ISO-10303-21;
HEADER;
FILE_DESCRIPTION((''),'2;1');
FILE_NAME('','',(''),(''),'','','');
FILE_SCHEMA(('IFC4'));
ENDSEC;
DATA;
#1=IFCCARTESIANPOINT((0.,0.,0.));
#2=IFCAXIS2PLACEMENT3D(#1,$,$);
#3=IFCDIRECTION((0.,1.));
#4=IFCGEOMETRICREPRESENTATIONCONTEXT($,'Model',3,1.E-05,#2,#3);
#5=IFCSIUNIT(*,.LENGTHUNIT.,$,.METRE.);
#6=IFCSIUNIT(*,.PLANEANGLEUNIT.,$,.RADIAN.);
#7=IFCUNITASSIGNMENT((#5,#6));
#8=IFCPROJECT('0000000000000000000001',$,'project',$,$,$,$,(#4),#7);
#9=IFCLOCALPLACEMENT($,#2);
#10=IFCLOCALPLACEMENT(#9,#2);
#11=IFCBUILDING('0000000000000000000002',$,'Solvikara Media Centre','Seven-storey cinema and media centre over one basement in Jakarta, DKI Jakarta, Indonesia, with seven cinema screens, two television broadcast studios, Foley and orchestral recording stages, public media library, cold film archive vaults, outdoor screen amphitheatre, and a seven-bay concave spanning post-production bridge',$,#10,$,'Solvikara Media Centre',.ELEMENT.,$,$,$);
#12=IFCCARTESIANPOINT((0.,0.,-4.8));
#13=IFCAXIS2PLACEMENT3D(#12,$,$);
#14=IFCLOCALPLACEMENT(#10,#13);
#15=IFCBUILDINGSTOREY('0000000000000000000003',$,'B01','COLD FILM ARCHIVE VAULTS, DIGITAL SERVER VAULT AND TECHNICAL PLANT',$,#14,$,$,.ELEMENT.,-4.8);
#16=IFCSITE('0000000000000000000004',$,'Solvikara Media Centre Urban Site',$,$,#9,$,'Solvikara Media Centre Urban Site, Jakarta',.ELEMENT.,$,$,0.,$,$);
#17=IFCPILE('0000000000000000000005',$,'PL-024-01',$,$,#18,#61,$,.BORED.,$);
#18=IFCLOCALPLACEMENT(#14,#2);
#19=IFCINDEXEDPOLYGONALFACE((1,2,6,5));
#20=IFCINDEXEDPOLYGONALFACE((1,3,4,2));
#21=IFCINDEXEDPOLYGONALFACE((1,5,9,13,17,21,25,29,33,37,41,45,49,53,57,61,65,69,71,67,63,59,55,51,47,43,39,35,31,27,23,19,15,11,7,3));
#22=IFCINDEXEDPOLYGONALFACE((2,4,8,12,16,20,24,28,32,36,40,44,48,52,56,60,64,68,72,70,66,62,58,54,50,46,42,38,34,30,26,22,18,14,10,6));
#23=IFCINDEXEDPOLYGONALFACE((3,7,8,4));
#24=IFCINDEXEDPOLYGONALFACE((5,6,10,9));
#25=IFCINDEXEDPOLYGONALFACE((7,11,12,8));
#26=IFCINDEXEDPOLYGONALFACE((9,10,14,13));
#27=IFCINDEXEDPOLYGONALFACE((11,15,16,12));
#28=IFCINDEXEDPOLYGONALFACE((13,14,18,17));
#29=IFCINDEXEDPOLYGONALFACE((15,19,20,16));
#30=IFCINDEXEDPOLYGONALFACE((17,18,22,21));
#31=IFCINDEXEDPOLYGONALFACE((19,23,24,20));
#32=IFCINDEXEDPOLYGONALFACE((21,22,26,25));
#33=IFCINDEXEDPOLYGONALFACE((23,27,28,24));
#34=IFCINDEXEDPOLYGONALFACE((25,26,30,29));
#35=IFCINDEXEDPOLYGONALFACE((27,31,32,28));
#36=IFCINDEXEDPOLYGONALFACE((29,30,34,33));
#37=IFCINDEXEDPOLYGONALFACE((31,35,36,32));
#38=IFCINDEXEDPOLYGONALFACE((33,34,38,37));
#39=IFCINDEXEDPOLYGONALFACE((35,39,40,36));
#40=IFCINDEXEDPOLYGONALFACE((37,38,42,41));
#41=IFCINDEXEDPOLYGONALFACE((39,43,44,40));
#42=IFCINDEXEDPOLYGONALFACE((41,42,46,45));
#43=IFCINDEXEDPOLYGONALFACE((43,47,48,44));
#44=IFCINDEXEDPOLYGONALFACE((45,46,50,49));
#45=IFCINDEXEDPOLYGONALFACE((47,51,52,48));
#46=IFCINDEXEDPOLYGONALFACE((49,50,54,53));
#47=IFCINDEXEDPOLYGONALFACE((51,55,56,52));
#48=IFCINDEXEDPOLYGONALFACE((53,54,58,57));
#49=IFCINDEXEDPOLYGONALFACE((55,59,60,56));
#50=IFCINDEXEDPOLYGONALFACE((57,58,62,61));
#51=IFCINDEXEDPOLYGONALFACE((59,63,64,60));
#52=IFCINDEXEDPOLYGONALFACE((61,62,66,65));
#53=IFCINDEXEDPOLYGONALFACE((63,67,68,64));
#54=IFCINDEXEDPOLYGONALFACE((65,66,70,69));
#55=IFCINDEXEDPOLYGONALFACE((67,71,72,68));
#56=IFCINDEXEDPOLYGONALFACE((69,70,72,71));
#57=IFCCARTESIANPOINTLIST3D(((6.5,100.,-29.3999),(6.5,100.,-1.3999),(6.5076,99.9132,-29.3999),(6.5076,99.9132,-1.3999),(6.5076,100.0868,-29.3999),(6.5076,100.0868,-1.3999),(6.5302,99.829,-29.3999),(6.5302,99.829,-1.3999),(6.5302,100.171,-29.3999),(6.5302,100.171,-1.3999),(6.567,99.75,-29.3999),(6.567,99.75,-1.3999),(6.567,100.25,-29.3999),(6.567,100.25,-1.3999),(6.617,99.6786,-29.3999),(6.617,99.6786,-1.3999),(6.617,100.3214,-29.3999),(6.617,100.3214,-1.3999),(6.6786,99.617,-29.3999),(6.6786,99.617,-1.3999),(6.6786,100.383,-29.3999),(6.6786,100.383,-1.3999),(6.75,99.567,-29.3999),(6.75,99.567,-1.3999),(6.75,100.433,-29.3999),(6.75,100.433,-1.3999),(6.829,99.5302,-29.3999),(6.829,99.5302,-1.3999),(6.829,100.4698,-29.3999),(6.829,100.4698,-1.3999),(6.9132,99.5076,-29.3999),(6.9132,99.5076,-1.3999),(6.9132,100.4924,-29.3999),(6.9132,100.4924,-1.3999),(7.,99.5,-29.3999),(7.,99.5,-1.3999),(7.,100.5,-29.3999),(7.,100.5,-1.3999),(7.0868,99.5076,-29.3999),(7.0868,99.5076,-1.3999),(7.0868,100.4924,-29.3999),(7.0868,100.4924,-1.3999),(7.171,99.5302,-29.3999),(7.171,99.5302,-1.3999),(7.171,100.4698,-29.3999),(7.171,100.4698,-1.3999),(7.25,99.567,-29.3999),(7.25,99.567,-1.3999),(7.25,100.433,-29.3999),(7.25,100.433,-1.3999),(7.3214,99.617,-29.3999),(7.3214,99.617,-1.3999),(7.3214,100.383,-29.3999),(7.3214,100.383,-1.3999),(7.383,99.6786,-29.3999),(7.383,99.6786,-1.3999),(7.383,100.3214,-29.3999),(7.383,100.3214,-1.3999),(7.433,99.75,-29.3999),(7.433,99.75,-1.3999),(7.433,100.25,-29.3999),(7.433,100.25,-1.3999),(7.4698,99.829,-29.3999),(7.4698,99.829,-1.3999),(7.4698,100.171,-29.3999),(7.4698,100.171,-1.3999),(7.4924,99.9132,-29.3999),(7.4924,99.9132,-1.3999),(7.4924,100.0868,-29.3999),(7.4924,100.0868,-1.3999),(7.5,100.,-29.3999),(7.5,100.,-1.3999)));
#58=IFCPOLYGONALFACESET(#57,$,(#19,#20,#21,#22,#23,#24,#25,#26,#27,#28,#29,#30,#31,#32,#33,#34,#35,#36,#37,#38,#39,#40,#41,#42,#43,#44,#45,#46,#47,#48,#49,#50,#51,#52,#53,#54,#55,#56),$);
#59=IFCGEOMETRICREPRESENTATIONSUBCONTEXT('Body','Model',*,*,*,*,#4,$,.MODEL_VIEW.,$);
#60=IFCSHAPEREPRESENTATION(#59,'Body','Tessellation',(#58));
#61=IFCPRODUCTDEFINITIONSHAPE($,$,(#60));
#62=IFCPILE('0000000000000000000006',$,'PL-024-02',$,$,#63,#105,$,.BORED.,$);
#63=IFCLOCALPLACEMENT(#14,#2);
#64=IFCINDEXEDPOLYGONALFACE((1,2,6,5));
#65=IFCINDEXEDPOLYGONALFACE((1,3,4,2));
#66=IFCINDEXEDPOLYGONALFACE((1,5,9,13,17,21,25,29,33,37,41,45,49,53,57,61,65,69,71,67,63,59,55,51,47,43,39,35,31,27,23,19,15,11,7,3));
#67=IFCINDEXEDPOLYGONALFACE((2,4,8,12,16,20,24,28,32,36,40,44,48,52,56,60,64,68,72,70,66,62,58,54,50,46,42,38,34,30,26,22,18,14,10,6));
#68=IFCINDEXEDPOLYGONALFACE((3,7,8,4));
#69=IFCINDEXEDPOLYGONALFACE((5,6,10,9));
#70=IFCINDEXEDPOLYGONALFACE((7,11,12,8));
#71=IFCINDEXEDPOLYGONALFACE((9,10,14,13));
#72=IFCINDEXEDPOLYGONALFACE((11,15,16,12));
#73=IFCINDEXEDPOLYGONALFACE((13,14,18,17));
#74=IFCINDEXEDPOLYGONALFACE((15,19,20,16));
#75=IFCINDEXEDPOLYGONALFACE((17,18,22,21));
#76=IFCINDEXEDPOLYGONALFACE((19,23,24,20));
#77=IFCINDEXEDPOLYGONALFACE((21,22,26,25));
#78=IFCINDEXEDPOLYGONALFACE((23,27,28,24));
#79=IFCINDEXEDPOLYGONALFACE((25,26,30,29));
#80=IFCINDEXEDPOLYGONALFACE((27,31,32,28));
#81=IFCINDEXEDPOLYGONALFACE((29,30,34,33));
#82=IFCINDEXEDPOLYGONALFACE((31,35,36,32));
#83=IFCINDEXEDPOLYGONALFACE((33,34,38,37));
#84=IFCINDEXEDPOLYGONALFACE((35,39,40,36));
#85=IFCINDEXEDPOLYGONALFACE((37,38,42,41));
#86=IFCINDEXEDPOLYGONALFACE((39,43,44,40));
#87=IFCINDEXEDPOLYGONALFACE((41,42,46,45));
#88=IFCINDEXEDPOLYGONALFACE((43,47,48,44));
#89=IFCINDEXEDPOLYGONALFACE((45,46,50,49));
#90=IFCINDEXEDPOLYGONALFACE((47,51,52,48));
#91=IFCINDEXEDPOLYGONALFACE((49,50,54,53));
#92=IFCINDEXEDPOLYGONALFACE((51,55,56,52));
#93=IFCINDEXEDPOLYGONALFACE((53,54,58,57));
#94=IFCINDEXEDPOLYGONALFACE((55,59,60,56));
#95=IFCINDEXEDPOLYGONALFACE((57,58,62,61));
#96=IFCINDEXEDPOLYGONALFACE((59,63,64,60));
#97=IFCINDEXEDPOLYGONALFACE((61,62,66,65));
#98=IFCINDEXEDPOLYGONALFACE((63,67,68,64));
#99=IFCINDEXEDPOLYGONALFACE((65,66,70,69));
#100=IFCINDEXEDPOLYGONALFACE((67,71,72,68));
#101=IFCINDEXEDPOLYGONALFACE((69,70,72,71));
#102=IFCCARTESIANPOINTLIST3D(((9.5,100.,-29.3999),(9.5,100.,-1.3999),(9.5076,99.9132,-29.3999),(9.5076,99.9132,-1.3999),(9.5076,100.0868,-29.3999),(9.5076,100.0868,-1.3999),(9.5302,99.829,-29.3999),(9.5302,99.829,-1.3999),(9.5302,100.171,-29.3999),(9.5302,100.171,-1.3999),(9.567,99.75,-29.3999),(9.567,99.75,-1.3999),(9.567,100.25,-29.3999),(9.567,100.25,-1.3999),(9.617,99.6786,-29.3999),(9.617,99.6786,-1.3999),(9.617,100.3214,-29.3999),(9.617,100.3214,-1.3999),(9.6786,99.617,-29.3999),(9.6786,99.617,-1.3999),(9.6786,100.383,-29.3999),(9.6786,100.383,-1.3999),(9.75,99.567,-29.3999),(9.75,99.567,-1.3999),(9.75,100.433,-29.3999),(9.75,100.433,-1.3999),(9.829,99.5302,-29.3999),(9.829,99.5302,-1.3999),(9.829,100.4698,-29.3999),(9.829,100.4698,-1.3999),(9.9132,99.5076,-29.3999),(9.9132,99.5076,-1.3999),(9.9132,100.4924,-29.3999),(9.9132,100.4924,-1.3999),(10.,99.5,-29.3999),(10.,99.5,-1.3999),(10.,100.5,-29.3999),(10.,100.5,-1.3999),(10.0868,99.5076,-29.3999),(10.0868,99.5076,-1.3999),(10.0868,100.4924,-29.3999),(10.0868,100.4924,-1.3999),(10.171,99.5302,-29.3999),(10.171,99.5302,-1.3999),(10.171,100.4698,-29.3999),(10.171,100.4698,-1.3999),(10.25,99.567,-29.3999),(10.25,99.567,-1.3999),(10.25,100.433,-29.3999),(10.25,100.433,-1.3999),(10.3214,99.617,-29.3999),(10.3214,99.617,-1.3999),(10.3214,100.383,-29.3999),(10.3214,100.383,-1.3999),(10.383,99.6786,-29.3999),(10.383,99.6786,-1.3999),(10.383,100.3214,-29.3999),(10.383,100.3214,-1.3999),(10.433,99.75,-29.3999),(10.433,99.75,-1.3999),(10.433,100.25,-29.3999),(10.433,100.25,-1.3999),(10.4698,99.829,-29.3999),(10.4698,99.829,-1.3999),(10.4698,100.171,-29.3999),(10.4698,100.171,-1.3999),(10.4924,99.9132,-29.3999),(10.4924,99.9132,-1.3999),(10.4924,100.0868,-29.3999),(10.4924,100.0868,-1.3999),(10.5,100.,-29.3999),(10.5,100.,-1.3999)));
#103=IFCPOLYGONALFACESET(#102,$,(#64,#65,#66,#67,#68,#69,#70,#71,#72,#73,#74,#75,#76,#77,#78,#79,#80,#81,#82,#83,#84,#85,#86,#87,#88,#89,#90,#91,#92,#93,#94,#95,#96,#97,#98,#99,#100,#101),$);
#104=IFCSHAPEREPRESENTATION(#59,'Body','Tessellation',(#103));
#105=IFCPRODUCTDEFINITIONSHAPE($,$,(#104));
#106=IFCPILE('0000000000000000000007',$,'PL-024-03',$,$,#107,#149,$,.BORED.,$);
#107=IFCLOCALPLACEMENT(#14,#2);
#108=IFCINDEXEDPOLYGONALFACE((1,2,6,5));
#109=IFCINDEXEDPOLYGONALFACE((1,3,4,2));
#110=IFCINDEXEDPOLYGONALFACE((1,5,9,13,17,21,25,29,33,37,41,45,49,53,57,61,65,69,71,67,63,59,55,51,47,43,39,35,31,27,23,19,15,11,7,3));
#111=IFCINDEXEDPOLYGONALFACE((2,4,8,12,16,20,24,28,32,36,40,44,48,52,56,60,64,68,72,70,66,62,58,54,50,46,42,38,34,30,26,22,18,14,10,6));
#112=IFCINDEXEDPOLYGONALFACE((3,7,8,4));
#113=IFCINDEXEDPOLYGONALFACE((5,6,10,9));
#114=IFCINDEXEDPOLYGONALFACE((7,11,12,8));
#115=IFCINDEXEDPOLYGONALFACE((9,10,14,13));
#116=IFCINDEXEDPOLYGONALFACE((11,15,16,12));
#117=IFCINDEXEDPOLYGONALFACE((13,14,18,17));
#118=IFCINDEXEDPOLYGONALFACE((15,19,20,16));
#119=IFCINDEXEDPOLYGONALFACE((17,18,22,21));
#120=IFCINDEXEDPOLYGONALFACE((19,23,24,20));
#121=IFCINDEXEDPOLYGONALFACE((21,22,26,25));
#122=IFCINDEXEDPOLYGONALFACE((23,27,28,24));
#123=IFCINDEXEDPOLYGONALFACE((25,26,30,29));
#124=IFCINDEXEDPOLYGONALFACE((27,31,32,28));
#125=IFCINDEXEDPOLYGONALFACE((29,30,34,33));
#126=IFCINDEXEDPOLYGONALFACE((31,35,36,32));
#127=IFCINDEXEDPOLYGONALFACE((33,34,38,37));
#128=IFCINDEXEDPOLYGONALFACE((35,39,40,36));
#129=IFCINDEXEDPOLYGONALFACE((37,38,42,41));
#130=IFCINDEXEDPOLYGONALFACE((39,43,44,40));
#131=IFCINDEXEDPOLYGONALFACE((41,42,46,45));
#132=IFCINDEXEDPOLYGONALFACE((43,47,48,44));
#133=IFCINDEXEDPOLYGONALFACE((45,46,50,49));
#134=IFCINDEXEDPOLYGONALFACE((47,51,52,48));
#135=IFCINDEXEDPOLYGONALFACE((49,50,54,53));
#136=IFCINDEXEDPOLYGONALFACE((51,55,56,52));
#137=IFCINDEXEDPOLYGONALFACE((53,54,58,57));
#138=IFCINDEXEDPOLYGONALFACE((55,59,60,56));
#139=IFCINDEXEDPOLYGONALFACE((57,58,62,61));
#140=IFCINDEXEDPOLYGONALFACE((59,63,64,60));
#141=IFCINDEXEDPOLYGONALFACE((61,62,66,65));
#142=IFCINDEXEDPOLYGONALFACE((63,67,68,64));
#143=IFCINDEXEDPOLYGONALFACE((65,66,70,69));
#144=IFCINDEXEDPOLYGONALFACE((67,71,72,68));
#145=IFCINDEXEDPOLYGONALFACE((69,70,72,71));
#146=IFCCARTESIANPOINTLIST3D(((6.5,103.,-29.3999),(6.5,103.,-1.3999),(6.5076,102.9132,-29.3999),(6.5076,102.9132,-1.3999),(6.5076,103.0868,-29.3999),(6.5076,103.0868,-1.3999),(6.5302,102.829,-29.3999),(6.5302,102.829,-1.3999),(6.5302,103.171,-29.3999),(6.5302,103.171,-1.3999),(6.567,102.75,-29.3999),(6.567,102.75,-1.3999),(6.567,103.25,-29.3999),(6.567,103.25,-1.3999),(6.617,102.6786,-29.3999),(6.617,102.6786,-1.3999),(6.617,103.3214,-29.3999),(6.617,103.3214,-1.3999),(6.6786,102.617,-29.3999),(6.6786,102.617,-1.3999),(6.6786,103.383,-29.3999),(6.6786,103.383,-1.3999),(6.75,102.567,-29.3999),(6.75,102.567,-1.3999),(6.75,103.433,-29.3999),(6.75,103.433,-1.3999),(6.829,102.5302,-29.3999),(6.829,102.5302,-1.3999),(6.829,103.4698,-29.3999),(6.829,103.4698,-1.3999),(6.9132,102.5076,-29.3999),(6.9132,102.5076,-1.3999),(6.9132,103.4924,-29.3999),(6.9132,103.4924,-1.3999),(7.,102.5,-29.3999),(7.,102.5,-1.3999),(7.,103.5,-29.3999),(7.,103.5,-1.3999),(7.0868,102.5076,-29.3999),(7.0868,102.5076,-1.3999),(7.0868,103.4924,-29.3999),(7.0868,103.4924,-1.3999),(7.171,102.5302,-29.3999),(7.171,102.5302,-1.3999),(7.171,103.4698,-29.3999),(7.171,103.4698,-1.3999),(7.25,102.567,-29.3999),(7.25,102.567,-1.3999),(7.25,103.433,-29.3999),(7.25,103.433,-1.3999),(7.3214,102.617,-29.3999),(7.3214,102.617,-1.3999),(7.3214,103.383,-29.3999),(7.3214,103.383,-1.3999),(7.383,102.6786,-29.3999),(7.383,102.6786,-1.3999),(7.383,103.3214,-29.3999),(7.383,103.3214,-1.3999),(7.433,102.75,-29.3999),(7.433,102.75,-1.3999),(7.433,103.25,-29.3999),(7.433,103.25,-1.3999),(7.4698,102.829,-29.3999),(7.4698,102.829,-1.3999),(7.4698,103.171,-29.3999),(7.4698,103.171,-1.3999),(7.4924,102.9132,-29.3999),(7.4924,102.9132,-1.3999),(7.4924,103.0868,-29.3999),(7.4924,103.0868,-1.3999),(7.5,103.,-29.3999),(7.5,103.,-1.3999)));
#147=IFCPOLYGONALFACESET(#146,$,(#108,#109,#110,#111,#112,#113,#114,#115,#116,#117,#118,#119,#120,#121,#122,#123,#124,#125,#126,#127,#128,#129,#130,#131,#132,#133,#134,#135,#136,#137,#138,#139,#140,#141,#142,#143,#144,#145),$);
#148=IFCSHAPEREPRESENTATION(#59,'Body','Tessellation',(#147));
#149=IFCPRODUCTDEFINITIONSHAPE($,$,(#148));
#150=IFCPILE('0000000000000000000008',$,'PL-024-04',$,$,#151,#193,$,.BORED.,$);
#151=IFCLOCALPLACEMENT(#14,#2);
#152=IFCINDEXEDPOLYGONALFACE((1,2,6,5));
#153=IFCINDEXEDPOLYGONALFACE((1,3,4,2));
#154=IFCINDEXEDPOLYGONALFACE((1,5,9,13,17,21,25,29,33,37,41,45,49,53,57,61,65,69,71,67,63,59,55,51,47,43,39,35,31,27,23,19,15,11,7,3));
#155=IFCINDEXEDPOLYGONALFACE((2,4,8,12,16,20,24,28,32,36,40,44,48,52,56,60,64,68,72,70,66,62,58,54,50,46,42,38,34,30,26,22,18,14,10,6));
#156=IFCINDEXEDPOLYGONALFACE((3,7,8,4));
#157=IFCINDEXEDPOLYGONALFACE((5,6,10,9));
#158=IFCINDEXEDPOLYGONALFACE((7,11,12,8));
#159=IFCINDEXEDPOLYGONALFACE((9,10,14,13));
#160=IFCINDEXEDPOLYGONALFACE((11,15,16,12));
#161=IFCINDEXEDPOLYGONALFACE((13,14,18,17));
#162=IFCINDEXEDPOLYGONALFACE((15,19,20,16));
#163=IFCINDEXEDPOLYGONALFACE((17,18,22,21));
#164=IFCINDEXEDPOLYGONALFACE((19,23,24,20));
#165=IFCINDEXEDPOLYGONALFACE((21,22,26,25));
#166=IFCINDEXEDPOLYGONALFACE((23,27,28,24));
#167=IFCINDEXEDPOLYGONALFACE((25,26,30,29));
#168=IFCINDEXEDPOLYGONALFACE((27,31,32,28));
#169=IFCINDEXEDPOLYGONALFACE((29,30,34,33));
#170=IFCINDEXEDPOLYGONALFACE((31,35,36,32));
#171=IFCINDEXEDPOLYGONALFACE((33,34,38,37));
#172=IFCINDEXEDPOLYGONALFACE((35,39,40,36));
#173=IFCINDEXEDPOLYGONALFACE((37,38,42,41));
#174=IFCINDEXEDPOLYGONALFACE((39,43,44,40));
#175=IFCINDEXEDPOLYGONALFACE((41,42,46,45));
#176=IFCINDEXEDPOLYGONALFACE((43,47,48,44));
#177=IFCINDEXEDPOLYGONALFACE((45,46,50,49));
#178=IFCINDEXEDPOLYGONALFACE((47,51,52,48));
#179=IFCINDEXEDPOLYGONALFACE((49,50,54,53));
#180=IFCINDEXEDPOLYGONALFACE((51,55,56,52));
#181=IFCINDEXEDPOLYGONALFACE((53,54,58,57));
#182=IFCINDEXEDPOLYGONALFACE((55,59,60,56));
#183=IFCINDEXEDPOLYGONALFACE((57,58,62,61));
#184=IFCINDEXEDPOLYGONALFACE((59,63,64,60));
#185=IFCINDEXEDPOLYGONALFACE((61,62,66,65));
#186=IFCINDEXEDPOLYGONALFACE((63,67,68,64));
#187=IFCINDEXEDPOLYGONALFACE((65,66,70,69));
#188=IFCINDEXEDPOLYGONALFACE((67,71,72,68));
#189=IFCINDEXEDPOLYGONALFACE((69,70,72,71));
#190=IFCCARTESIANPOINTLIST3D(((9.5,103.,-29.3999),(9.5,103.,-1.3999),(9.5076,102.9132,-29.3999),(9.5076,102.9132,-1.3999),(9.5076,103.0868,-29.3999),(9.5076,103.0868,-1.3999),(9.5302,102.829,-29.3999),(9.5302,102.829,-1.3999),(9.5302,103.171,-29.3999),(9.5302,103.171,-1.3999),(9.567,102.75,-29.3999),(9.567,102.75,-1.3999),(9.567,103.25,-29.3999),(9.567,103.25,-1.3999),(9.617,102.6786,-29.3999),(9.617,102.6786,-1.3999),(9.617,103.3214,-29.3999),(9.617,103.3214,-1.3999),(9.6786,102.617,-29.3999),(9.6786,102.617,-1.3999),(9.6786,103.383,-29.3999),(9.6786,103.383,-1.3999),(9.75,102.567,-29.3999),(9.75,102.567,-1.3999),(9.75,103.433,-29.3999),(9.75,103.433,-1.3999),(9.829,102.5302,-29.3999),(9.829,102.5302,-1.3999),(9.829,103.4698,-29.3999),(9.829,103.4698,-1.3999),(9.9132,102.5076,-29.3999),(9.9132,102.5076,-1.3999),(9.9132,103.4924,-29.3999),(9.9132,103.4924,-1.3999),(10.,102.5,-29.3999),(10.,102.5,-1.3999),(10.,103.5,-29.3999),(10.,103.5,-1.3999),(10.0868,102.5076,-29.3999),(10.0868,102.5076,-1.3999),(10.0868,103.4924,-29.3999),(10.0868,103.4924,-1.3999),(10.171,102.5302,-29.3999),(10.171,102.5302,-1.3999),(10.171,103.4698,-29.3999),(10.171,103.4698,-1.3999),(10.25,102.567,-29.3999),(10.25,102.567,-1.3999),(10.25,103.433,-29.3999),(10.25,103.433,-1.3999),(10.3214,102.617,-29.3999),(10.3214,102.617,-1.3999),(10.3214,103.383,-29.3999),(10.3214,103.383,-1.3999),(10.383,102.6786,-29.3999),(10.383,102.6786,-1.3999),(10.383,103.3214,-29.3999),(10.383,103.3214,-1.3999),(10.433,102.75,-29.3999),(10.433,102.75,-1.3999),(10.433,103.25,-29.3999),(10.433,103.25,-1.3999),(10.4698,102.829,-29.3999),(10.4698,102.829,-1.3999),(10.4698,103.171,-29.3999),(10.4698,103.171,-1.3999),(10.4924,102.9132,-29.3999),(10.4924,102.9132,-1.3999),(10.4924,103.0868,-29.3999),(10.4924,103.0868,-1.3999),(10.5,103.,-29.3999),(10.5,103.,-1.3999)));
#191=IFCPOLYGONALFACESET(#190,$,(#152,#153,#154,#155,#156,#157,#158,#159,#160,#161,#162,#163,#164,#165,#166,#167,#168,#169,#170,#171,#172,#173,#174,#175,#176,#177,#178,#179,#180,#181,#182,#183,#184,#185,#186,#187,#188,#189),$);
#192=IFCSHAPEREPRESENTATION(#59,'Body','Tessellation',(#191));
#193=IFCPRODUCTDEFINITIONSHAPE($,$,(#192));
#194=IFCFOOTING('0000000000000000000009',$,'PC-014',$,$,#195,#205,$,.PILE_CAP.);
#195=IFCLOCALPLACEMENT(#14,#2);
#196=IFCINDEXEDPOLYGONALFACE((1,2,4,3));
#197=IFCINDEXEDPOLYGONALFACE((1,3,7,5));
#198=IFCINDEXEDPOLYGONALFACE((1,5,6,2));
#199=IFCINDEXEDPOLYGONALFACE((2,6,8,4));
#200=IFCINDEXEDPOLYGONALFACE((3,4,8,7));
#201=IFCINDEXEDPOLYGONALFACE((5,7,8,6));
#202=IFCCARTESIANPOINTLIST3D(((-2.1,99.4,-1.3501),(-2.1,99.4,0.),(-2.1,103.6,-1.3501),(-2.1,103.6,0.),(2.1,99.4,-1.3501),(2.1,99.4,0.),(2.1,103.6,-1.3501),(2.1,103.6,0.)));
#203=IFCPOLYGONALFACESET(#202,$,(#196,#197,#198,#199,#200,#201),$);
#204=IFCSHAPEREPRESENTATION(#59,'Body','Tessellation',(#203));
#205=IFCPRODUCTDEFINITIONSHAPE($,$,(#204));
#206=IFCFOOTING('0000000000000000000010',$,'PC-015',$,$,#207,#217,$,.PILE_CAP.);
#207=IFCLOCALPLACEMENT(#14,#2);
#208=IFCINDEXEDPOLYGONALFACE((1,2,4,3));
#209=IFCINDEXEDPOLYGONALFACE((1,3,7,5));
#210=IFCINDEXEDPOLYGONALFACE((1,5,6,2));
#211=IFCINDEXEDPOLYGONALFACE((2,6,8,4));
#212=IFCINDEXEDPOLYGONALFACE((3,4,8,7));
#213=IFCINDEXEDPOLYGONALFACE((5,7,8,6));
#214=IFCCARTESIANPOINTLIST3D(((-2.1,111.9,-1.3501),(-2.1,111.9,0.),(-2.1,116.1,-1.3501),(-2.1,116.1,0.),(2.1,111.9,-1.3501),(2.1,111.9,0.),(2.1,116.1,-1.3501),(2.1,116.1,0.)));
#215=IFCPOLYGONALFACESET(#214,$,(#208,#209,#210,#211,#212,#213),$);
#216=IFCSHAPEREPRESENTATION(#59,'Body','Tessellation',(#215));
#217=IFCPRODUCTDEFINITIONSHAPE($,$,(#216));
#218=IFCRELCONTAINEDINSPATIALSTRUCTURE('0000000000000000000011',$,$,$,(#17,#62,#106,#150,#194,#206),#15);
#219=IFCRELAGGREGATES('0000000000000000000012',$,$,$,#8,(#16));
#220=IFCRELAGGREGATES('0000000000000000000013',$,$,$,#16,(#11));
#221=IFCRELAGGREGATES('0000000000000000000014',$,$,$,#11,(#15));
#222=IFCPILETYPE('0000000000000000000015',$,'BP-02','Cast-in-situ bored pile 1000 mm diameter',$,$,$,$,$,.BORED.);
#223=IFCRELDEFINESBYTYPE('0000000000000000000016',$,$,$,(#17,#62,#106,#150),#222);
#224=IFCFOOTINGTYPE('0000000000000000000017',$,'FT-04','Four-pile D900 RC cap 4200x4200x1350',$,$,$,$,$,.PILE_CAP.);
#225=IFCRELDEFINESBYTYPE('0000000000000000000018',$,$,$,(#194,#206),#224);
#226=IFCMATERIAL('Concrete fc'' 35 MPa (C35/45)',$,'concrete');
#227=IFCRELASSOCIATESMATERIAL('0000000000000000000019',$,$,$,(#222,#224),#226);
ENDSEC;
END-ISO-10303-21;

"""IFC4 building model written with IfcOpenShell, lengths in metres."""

from ifc_helpers import new_model, si_unit, direction, frame, origin, origin_2d, place, context, subcontext, project, spatial, rectangle, circle, extrude, material, material_profile, profile_set, type_object, element, save


model = new_model("IFC4")

# Units and contexts
model_context = context("Model", 3, precision=1e-05, world=origin(), true_north=direction((0.0, 1.0)))
body_context = subcontext(model_context, "Body", "Model", "MODEL_VIEW")
ifc_project = project(units=[si_unit("LENGTHUNIT", "METRE"), si_unit("PLANEANGLEUNIT", "RADIAN")], contexts=[model_context])

# Site, building, storey
site_placement = place(None, origin())
site = spatial("IfcSite", under=ifc_project, at=site_placement, Name="Solvikara Media Centre Urban Site", LongName="Solvikara Media Centre Urban Site, Jakarta", CompositionType="ELEMENT", RefElevation=0.0)
building_placement = place(site_placement, origin())
building = spatial("IfcBuilding", under=site, at=building_placement, Name="Solvikara Media Centre", Description="Seven-storey cinema and media centre over one basement in Jakarta, DKI Jakarta, Indonesia, with seven cinema screens, two television broadcast studios, Foley and orchestral recording stages, public media library, cold film archive vaults, outdoor screen amphitheatre, and a seven-bay concave spanning post-production bridge", LongName="Solvikara Media Centre", CompositionType="ELEMENT")
storey_placement = place(building_placement, frame((0.0, 0.0, -4.8)))
storey = spatial("IfcBuildingStorey", under=building, at=storey_placement, Name="B01", Description="COLD FILM ARCHIVE VAULTS, DIGITAL SERVER VAULT AND TECHNICAL PLANT", CompositionType="ELEMENT", Elevation=-4.8)

# Piles
ifc_material_1 = material(Name="Concrete fc' 35 MPa (C35/45)", Category="concrete")
ifc_material_profile_1 = material_profile(ifc_material_1, circle(Radius=0.5, at=origin_2d()), Name="BORED PILE D1000")
ifc_profile_set_1 = profile_set([ifc_material_profile_1], Name="Concrete fc' 35 MPa (C35/45)")
pile_type_1 = type_object("IfcPileType", Name="BP-02", Description="Cast-in-situ bored pile 1000 mm diameter", PredefinedType="BORED", material=ifc_profile_set_1)
for number, where, z_axis, x_axis, name in (
    (1, (7.0, 100.0, -1.3999), (0.0, 0.0, -1.0), (1.0, 0.0, 0.0), "PL-024-01"),
    (2, (10.0, 100.0, -1.3999), (0.0, 0.0, -1.0), (1.0, 0.0, 0.0), "PL-024-02"),
    (3, (7.0, 103.0, -1.3999), (0.0, 0.0, -1.0), (1.0, 0.0, 0.0), "PL-024-03"),
    (4, (10.0, 103.0, -1.3999), (0.0, 0.0, -1.0), (1.0, 0.0, 0.0), "PL-024-04"),
):
    element("IfcPile", number, at=place(storey_placement, frame(where, z_axis=z_axis, x_axis=x_axis)), inside=storey, type_object=pile_type_1, Name=name, PredefinedType="BORED", context=body_context, shape_type="SweptSolid", body=[
        extrude(circle(Radius=0.5, at=origin_2d()), origin(), (0.0, 0.0, 1.0), 28.0),
    ])

# Footings
footing_type_1 = type_object("IfcFootingType", Name="FT-04", Description="Four-pile D900 RC cap 4200x4200x1350", PredefinedType="PILE_CAP", material=ifc_material_1)
for number, where, z_axis, x_axis, name in (
    (5, (0.0, 101.5, -1.3501), (0.0, 0.0, 1.0), (1.0, 0.0, 0.0), "PC-014"),
    (6, (0.0, 114.0, -1.3501), (0.0, 0.0, 1.0), (1.0, 0.0, 0.0), "PC-015"),
):
    element("IfcFooting", number, at=place(storey_placement, frame(where, z_axis=z_axis, x_axis=x_axis)), inside=storey, type_object=footing_type_1, Name=name, PredefinedType="PILE_CAP", context=body_context, shape_type="SweptSolid", body=[
        extrude(rectangle(XDim=4.2, YDim=4.2, at=origin_2d()), origin(), (0.0, 0.0, 1.0), 1.3501),
    ])

save(model, "model.ifc")
